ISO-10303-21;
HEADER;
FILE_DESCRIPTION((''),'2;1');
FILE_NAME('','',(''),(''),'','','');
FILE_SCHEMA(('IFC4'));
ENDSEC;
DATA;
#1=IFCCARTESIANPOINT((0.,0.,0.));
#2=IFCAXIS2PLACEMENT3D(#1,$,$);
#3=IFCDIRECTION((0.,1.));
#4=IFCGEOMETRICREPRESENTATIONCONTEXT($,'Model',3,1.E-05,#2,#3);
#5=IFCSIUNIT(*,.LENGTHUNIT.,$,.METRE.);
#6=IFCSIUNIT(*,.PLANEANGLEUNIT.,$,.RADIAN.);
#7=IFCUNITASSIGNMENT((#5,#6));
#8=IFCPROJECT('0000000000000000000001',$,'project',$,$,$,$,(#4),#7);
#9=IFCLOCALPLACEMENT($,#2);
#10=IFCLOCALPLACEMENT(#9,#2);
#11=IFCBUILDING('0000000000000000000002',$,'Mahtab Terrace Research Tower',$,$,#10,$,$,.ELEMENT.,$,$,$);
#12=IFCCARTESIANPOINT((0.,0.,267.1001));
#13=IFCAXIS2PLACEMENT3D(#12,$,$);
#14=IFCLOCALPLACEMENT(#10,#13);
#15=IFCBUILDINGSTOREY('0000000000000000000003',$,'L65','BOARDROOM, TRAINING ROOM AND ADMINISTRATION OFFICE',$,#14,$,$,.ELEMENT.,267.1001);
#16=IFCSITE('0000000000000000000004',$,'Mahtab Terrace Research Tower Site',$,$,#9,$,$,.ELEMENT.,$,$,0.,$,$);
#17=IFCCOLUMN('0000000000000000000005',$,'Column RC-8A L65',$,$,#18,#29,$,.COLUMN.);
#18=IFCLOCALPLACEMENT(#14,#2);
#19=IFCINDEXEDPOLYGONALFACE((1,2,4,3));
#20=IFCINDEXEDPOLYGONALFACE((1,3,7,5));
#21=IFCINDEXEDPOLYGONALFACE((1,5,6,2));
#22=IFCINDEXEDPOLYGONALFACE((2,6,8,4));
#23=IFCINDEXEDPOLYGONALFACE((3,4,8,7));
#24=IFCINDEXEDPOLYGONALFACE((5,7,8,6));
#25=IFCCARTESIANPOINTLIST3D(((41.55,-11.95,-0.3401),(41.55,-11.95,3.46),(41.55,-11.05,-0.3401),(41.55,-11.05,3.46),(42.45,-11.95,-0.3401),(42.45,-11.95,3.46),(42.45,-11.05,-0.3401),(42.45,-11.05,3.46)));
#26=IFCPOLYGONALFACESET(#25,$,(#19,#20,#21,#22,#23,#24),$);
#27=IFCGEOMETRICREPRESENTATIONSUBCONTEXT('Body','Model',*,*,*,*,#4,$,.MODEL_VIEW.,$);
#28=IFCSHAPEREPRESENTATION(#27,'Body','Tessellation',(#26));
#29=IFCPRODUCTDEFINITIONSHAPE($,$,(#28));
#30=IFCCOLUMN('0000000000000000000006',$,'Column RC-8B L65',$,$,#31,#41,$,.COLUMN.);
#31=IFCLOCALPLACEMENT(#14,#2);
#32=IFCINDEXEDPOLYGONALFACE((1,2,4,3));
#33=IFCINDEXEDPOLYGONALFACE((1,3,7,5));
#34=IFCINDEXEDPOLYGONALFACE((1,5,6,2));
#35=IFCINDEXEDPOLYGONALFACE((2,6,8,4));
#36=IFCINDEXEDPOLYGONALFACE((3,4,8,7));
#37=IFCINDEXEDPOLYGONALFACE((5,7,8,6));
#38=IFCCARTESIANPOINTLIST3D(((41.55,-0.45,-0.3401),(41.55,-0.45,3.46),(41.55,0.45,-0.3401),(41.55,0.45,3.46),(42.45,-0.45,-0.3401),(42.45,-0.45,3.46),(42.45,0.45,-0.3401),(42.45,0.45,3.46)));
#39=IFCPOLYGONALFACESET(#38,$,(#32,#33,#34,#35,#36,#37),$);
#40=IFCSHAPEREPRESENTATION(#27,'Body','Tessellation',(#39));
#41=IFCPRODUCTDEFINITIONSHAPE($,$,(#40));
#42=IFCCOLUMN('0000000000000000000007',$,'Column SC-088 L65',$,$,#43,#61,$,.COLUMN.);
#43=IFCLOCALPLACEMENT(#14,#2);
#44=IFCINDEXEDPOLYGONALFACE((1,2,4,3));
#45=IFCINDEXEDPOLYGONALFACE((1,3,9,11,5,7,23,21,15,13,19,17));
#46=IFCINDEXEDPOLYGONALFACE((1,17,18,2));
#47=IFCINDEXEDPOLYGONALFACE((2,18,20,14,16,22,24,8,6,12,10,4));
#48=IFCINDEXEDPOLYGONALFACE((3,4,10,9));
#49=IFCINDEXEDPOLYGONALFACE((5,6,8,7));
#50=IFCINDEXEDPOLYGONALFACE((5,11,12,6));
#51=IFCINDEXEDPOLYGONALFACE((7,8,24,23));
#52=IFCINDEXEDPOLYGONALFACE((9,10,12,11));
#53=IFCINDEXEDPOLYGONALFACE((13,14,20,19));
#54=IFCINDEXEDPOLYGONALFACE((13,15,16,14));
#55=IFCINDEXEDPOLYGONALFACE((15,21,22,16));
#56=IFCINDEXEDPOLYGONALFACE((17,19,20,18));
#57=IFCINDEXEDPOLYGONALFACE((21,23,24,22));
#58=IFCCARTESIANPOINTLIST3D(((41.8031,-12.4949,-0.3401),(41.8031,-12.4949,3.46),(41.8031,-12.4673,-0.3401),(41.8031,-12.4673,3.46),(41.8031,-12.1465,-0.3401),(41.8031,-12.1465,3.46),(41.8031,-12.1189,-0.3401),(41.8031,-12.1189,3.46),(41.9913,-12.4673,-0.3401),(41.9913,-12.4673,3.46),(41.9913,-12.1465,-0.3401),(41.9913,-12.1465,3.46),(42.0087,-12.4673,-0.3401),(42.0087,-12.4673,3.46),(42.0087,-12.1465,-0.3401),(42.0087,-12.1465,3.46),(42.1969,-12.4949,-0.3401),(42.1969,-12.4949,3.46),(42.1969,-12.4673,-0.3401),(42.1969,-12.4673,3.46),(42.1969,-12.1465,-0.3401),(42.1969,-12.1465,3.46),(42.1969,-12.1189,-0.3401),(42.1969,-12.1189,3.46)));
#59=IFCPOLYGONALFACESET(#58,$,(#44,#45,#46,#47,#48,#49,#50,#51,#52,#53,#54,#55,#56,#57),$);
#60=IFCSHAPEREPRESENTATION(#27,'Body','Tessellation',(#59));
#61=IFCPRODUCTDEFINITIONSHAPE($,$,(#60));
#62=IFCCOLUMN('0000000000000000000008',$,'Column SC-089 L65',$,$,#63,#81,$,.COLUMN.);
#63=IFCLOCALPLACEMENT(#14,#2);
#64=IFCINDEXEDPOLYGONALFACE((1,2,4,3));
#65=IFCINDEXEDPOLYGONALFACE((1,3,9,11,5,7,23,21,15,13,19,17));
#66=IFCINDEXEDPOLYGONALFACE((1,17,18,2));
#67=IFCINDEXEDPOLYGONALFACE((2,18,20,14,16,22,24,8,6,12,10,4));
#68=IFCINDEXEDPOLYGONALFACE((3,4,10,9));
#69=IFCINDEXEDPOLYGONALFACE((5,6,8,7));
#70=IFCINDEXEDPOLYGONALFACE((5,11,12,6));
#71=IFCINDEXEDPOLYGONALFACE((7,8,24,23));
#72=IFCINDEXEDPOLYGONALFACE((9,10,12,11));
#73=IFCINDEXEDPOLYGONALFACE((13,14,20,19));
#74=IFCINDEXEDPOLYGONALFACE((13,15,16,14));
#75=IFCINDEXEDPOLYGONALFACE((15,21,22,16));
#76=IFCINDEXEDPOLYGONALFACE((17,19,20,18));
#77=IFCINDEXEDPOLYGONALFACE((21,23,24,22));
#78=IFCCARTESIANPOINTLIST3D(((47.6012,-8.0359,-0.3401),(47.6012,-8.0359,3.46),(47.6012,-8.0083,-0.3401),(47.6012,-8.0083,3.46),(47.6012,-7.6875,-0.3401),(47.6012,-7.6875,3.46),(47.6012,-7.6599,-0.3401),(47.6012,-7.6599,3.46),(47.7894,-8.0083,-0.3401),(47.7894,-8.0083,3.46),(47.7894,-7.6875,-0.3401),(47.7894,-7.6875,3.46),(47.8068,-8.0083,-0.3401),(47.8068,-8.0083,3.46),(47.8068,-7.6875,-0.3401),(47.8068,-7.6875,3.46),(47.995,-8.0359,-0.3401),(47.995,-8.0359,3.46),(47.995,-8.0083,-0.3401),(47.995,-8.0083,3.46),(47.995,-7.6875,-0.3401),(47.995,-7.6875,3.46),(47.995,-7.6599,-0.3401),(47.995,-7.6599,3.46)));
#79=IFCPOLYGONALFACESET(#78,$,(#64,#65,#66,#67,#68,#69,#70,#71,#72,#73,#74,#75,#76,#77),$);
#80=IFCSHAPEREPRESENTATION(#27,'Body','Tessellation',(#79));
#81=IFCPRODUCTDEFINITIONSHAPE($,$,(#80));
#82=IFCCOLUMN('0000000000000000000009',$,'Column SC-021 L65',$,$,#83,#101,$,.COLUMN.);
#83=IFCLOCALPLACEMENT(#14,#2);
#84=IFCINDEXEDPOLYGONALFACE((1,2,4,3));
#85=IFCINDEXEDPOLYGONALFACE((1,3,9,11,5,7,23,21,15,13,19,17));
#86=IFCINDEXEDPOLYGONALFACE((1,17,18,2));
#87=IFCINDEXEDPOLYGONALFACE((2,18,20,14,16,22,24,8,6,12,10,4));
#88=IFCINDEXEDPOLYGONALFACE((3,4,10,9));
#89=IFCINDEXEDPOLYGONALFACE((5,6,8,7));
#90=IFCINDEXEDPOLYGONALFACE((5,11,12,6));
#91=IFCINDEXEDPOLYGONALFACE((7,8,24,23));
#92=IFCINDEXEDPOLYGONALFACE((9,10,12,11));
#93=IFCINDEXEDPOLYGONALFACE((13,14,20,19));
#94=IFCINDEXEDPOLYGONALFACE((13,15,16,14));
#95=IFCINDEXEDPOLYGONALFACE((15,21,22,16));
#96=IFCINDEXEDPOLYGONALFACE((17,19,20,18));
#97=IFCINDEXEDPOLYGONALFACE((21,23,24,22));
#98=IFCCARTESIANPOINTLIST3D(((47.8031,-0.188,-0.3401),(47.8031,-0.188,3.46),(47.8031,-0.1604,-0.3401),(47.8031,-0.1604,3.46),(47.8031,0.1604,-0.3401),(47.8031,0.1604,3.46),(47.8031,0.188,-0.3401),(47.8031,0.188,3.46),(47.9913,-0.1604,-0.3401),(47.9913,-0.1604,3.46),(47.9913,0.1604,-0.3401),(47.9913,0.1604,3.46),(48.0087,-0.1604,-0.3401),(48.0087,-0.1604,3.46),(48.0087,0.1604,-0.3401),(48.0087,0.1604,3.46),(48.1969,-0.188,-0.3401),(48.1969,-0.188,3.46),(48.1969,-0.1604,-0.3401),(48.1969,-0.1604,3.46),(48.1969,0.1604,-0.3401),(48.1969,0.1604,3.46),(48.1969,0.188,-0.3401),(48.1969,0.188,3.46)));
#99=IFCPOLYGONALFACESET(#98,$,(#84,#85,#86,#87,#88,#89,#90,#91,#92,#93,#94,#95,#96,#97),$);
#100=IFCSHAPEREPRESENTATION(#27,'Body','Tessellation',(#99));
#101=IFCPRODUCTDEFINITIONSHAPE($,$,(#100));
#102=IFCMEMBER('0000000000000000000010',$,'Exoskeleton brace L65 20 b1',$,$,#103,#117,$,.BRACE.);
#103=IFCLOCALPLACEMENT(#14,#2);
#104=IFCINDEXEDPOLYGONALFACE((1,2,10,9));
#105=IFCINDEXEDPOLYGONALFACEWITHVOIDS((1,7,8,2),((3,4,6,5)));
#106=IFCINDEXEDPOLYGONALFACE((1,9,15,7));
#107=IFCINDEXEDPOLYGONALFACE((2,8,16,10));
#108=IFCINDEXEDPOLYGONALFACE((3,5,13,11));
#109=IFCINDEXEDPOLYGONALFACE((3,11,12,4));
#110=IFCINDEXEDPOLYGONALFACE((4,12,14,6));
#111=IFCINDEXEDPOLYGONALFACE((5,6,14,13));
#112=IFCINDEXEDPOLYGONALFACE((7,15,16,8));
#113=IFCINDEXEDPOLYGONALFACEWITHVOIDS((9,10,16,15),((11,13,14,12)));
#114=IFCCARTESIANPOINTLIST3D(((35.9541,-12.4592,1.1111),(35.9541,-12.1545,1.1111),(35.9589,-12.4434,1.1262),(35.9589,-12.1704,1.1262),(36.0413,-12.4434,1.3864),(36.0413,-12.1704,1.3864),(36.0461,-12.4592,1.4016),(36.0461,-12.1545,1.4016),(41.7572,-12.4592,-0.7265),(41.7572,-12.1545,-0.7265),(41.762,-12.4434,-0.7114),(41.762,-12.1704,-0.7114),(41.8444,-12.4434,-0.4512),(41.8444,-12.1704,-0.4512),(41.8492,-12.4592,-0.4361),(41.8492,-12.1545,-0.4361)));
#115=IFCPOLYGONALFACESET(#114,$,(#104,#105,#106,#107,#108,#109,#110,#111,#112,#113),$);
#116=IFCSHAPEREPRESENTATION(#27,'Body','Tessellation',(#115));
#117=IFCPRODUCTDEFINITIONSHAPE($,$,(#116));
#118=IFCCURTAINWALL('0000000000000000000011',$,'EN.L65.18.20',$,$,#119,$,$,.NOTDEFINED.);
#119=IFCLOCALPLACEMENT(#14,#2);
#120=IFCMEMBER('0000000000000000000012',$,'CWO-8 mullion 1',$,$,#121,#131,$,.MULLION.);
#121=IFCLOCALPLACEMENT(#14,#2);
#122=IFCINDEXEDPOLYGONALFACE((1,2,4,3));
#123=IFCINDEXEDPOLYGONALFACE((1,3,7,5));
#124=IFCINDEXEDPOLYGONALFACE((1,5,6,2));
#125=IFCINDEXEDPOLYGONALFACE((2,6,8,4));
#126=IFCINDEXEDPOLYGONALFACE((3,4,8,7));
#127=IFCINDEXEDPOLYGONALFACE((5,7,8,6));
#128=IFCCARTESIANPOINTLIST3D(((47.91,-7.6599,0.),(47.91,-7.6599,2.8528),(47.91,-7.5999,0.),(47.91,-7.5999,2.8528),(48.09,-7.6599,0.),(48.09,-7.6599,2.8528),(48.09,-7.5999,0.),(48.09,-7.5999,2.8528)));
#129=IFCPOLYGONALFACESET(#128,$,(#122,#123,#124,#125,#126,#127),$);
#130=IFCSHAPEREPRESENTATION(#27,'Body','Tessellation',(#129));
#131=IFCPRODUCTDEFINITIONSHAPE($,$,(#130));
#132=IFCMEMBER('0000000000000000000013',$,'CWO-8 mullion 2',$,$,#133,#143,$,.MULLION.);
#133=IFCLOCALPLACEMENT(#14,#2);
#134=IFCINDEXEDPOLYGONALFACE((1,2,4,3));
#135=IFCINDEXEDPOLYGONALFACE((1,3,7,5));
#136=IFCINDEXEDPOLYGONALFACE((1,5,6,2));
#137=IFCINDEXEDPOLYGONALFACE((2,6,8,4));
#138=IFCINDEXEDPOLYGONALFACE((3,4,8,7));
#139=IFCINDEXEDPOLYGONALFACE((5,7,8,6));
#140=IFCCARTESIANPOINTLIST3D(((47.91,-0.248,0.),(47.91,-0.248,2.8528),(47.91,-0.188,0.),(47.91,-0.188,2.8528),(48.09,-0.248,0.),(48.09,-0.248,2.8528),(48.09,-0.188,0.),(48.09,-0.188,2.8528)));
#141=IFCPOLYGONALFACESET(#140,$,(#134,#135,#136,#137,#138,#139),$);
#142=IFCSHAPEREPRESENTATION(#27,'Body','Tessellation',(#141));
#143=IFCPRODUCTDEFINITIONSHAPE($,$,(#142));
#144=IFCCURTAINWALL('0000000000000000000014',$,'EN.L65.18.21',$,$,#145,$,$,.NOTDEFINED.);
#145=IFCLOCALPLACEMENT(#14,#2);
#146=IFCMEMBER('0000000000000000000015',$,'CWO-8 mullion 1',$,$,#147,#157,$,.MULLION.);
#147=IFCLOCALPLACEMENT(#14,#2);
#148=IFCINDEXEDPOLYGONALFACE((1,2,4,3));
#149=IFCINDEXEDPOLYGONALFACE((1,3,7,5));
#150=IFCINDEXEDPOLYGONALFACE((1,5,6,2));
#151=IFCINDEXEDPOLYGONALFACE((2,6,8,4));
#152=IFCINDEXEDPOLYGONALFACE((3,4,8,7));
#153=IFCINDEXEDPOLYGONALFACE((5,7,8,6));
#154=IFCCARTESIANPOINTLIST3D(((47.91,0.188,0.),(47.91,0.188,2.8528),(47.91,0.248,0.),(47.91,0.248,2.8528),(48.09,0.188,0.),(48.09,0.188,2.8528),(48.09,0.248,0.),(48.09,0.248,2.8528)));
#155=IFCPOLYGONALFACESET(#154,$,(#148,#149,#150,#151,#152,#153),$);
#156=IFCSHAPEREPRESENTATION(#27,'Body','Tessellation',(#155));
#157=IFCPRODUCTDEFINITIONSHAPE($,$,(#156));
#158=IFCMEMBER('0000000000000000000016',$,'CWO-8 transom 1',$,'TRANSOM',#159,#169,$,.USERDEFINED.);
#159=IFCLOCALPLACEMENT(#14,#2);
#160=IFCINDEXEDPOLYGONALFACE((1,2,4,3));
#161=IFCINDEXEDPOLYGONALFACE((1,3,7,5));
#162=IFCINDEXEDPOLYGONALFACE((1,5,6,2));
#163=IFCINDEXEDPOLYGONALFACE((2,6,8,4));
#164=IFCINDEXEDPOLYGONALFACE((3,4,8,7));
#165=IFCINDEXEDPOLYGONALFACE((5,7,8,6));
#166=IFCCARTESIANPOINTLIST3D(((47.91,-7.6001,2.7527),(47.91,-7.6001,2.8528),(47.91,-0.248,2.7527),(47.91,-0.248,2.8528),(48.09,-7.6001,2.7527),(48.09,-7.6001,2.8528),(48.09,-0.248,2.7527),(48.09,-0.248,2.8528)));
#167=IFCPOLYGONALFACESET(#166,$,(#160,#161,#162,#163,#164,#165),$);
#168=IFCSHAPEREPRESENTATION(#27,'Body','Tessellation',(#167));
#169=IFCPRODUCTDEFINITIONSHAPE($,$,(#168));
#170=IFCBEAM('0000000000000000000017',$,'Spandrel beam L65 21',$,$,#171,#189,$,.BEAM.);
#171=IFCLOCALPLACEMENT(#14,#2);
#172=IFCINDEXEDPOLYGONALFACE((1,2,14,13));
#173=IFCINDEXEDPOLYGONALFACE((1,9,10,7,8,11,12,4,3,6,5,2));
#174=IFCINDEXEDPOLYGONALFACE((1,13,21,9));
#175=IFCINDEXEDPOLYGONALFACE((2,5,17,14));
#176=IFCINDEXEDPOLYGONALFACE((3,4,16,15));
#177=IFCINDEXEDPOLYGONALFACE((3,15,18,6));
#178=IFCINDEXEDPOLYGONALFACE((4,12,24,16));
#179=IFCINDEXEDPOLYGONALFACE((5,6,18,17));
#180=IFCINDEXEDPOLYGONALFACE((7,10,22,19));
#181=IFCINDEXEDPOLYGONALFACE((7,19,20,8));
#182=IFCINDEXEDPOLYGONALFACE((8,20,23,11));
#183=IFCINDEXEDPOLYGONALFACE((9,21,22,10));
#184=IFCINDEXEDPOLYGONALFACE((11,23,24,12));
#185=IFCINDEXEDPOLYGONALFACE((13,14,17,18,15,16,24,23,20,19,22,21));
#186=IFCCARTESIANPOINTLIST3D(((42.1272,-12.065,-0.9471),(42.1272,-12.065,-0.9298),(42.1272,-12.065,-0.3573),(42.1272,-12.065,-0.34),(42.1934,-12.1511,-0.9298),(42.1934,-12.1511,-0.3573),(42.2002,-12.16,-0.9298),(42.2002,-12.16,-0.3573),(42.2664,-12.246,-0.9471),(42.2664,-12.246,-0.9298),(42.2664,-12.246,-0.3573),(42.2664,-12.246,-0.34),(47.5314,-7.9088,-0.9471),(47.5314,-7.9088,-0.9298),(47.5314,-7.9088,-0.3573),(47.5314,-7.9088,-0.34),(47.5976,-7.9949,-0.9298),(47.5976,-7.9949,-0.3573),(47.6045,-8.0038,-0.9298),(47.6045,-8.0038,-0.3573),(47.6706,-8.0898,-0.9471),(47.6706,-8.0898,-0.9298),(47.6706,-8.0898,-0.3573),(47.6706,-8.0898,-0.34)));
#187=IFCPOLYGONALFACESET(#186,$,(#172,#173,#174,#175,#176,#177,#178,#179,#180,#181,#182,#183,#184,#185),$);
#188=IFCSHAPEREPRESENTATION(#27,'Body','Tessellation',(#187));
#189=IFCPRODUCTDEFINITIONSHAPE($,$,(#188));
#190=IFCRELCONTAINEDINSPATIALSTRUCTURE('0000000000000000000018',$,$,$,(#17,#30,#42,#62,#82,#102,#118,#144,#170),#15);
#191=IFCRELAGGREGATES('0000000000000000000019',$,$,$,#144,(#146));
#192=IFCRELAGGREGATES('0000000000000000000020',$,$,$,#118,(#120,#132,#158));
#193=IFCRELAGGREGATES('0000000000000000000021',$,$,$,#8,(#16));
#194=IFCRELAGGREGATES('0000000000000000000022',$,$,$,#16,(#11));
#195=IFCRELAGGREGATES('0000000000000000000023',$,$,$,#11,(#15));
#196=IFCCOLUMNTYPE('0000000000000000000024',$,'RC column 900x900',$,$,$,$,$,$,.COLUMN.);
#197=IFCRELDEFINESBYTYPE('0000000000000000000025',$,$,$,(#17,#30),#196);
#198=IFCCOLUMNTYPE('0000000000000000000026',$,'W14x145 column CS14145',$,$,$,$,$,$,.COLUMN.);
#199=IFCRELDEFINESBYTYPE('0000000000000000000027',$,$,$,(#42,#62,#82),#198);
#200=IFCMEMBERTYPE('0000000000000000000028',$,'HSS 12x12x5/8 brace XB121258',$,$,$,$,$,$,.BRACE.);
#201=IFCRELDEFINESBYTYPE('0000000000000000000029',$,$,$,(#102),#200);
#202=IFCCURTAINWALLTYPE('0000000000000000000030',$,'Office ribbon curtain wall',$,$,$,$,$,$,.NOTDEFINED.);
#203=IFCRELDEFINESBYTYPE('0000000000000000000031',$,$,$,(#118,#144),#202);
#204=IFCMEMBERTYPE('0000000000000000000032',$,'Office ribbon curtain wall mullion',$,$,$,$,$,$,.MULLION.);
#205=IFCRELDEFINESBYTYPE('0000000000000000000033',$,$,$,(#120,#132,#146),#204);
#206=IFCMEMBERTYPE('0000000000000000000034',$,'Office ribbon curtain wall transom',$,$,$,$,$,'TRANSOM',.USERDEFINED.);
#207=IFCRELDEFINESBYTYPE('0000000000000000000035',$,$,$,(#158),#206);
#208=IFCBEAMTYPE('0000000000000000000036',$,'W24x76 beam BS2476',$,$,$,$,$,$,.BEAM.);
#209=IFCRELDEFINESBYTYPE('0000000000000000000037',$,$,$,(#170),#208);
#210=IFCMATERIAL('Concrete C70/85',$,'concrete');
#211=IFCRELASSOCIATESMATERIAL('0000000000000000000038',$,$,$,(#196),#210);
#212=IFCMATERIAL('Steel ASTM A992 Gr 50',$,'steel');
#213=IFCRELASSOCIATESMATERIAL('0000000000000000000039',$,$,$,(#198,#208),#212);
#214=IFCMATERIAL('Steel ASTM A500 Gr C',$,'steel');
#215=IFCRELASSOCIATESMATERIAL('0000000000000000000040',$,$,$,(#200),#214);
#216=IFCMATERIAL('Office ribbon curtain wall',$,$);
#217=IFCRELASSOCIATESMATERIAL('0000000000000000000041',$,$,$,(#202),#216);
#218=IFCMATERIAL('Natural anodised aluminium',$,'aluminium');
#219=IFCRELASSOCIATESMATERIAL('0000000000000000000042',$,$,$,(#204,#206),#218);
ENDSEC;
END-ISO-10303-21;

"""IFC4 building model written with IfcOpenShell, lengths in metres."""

from ifc_helpers import new_model, si_unit, direction, frame, origin, origin_2d, place, context, subcontext, project, spatial, rectangle, hollow_rectangle, i_section, extrude, material, material_profile, profile_set, type_object, element, aggregate, save


model = new_model("IFC4")

# Units and contexts
model_context = context("Model", 3, precision=1e-05, world=origin(), true_north=direction((0.0, 1.0)))
body_context = subcontext(model_context, "Body", "Model", "MODEL_VIEW")
ifc_project = project(units=[si_unit("LENGTHUNIT", "METRE"), si_unit("PLANEANGLEUNIT", "RADIAN")], contexts=[model_context])

# Site, building, storey
site_placement = place(None, origin())
site = spatial("IfcSite", under=ifc_project, at=site_placement, Name="Mahtab Terrace Research Tower Site", CompositionType="ELEMENT", RefElevation=0.0)
building_placement = place(site_placement, origin())
building = spatial("IfcBuilding", under=site, at=building_placement, Name="Mahtab Terrace Research Tower", CompositionType="ELEMENT")
storey_placement = place(building_placement, frame((0.0, 0.0, 267.1001)))
storey = spatial("IfcBuildingStorey", under=building, at=storey_placement, Name="L65", Description="BOARDROOM, TRAINING ROOM AND ADMINISTRATION OFFICE", CompositionType="ELEMENT", Elevation=267.1001)

# Columns
ifc_material_1 = material(Name="Concrete C70/85", Category="concrete")
ifc_material_profile_1 = material_profile(ifc_material_1, rectangle(XDim=0.8999, YDim=0.8999, at=origin_2d()), Name="RC column 900x900")
ifc_profile_set_1 = profile_set([ifc_material_profile_1], Name="Concrete C70/85")
column_type_1 = type_object("IfcColumnType", Name="RC column 900x900", PredefinedType="COLUMN", material=ifc_profile_set_1)
for number, where, z_axis, x_axis, name in (
    (1, (42.0, -11.5, -0.3401), (0.0, 0.0, 1.0), (1.0, 0.0, 0.0), "Column RC-8A L65"),
    (2, (42.0, 0.0, -0.3401), (0.0, 0.0, 1.0), (1.0, 0.0, 0.0), "Column RC-8B L65"),
):
    element("IfcColumn", number, at=place(storey_placement, frame(where, z_axis=z_axis, x_axis=x_axis)), inside=storey, type_object=column_type_1, Name=name, PredefinedType="COLUMN", context=body_context, shape_type="SweptSolid", body=[
        extrude(rectangle(XDim=0.8999, YDim=0.8999, at=origin_2d()), origin(), (0.0, 0.0, 1.0), 3.8),
    ])
ifc_material_2 = material(Name="Steel ASTM A992 Gr 50", Category="steel")
ifc_material_profile_2 = material_profile(ifc_material_2, i_section(OverallWidth=0.3938, OverallDepth=0.376, WebThickness=0.0173, FlangeThickness=0.0276, at=origin_2d()), Name="W14X145")
ifc_profile_set_2 = profile_set([ifc_material_profile_2], Name="Steel ASTM A992 Gr 50")
column_type_2 = type_object("IfcColumnType", Name="W14x145 column CS14145", PredefinedType="COLUMN", material=ifc_profile_set_2)
for number, where, z_axis, x_axis, name in (
    (3, (42.0, -12.3069, -0.3401), (0.0, 0.0, 1.0), (1.0, 0.0, 0.0), "Column SC-088 L65"),
    (4, (47.7981, -7.8479, -0.3401), (0.0, 0.0, 1.0), (1.0, 0.0, 0.0), "Column SC-089 L65"),
    (5, (48.0, 0.0, -0.3401), (0.0, 0.0, 1.0), (1.0, 0.0, 0.0), "Column SC-021 L65"),
):
    element("IfcColumn", number, at=place(storey_placement, frame(where, z_axis=z_axis, x_axis=x_axis)), inside=storey, type_object=column_type_2, Name=name, PredefinedType="COLUMN", context=body_context, shape_type="SweptSolid", body=[
        extrude(i_section(OverallWidth=0.3938, OverallDepth=0.376, WebThickness=0.0173, FlangeThickness=0.0276, at=origin_2d()), origin(), (0.0, 0.0, 1.0), 3.8),
    ])

# Member
ifc_material_3 = material(Name="Steel ASTM A500 Gr C", Category="steel")
ifc_material_profile_3 = material_profile(ifc_material_3, hollow_rectangle(XDim=0.3047, YDim=0.3047, WallThickness=0.0159, at=origin_2d()), Name="HSS12X12X5/8")
ifc_profile_set_3 = profile_set([ifc_material_profile_3], Name="Steel ASTM A500 Gr C")
member_type_1 = type_object("IfcMemberType", Name="HSS 12x12x5/8 brace XB121258", PredefinedType="BRACE", material=ifc_profile_set_3)
member_1_placement = place(storey_placement, frame((41.8032, -12.3069, -0.5813), z_axis=(-0.953344, 0.0, 0.301886), x_axis=(0.0, -1.0, 0.0)))
element("IfcMember", 6, at=member_1_placement, inside=storey, type_object=member_type_1, Name="Exoskeleton brace L65 20 b1", PredefinedType="BRACE", context=body_context, shape_type="SweptSolid", body=[
    extrude(hollow_rectangle(XDim=0.3047, YDim=0.3047, WallThickness=0.0159, at=origin_2d()), origin(), (0.0, 0.0, 1.0), 6.0872),
])

# Curtain wall, members
ifc_material_4 = material(Name="Office ribbon curtain wall")
curtain_wall_type = type_object("IfcCurtainWallType", Name="Office ribbon curtain wall", PredefinedType="NOTDEFINED", material=ifc_material_4)
curtain_wall_1_placement = place(storey_placement, origin())
curtain_wall_1 = element("IfcCurtainWall", 7, at=curtain_wall_1_placement, inside=storey, type_object=curtain_wall_type, Name="EN.L65.18.20", PredefinedType="NOTDEFINED")
ifc_material_5 = material(Name="Natural anodised aluminium", Category="aluminium")
ifc_material_profile_4 = material_profile(ifc_material_5, rectangle(XDim=0.1799, YDim=0.0601, at=origin_2d()), Name="MULLION 60x180")
ifc_profile_set_4 = profile_set([ifc_material_profile_4], Name="Natural anodised aluminium")
member_type_2 = type_object("IfcMemberType", Name="Office ribbon curtain wall mullion", PredefinedType="MULLION", material=ifc_profile_set_4)
member_2_placement = place(storey_placement, frame((48.0, -7.6299, 0.0), z_axis=(0.0, 0.0, 1.0), x_axis=(-1.0, 0.0, 0.0)))
member_2 = element("IfcMember", 8, at=member_2_placement, type_object=member_type_2, Name="CWO-8 mullion 1", PredefinedType="MULLION", context=body_context, shape_type="SweptSolid", body=[
    extrude(rectangle(XDim=0.1799, YDim=0.0601, at=origin_2d()), origin(), (0.0, 0.0, 1.0), 2.8528),
])
member_3_placement = place(storey_placement, frame((48.0, -0.218, 0.0), z_axis=(0.0, 0.0, 1.0), x_axis=(-1.0, 0.0, 0.0)))
member_3 = element("IfcMember", 9, at=member_3_placement, type_object=member_type_2, Name="CWO-8 mullion 2", PredefinedType="MULLION", context=body_context, shape_type="SweptSolid", body=[
    extrude(rectangle(XDim=0.1799, YDim=0.0601, at=origin_2d()), origin(), (0.0, 0.0, 1.0), 2.8528),
])

# Curtain wall, member
curtain_wall_2_placement = place(storey_placement, origin())
curtain_wall_2 = element("IfcCurtainWall", 10, at=curtain_wall_2_placement, inside=storey, type_object=curtain_wall_type, Name="EN.L65.18.21", PredefinedType="NOTDEFINED")
member_4_placement = place(storey_placement, frame((48.0, 0.218, 0.0), z_axis=(0.0, 0.0, 1.0), x_axis=(-1.0, 0.0, 0.0)))
member_4 = element("IfcMember", 11, at=member_4_placement, type_object=member_type_2, Name="CWO-8 mullion 1", PredefinedType="MULLION", context=body_context, shape_type="SweptSolid", body=[
    extrude(rectangle(XDim=0.1799, YDim=0.0601, at=origin_2d()), origin(), (0.0, 0.0, 1.0), 2.8528),
])
aggregate(curtain_wall_2, [member_4])

# Member
ifc_material_profile_5 = material_profile(ifc_material_5, rectangle(XDim=0.1799, YDim=0.1001, at=origin_2d()), Name="TRANSOM 100x180")
ifc_profile_set_5 = profile_set([ifc_material_profile_5], Name="Natural anodised aluminium")
member_type_3 = type_object("IfcMemberType", Name="Office ribbon curtain wall transom", ElementType="TRANSOM", PredefinedType="USERDEFINED", material=ifc_profile_set_5)
member_5_placement = place(storey_placement, frame((48.0, -7.6001, 2.8027), z_axis=(0.0, 1.0, 0.0), x_axis=(-1.0, 0.0, 0.0)))
member_5 = element("IfcMember", 12, at=member_5_placement, type_object=member_type_3, Name="CWO-8 transom 1", ObjectType="TRANSOM", PredefinedType="USERDEFINED", context=body_context, shape_type="SweptSolid", body=[
    extrude(rectangle(XDim=0.1799, YDim=0.1001, at=origin_2d()), origin(), (0.0, 0.0, 1.0), 7.3521),
])

# Beam
ifc_material_profile_6 = material_profile(ifc_material_2, i_section(OverallWidth=0.2283, OverallDepth=0.6072, WebThickness=0.0112, FlangeThickness=0.0173, at=origin_2d()), Name="W24X76")
ifc_profile_set_6 = profile_set([ifc_material_profile_6], Name="Steel ASTM A992 Gr 50")
beam_type = type_object("IfcBeamType", Name="W24x76 beam BS2476", PredefinedType="BEAM", material=ifc_profile_set_6)
beam_1_placement = place(storey_placement, frame((42.1968, -12.1555, -0.6436), z_axis=(0.792688, 0.609628, 0.0), x_axis=(-0.609628, 0.792688, 0.0)))
element("IfcBeam", 13, at=beam_1_placement, inside=storey, type_object=beam_type, Name="Spandrel beam L65 21", PredefinedType="BEAM", context=body_context, shape_type="SweptSolid", body=[
    extrude(i_section(OverallWidth=0.2283, OverallDepth=0.6072, WebThickness=0.0112, FlangeThickness=0.0173, at=origin_2d()), origin(), (0.0, 0.0, 1.0), 6.8176),
])

aggregate(curtain_wall_1, [member_2, member_3, member_5])

save(model, "model.ifc")
